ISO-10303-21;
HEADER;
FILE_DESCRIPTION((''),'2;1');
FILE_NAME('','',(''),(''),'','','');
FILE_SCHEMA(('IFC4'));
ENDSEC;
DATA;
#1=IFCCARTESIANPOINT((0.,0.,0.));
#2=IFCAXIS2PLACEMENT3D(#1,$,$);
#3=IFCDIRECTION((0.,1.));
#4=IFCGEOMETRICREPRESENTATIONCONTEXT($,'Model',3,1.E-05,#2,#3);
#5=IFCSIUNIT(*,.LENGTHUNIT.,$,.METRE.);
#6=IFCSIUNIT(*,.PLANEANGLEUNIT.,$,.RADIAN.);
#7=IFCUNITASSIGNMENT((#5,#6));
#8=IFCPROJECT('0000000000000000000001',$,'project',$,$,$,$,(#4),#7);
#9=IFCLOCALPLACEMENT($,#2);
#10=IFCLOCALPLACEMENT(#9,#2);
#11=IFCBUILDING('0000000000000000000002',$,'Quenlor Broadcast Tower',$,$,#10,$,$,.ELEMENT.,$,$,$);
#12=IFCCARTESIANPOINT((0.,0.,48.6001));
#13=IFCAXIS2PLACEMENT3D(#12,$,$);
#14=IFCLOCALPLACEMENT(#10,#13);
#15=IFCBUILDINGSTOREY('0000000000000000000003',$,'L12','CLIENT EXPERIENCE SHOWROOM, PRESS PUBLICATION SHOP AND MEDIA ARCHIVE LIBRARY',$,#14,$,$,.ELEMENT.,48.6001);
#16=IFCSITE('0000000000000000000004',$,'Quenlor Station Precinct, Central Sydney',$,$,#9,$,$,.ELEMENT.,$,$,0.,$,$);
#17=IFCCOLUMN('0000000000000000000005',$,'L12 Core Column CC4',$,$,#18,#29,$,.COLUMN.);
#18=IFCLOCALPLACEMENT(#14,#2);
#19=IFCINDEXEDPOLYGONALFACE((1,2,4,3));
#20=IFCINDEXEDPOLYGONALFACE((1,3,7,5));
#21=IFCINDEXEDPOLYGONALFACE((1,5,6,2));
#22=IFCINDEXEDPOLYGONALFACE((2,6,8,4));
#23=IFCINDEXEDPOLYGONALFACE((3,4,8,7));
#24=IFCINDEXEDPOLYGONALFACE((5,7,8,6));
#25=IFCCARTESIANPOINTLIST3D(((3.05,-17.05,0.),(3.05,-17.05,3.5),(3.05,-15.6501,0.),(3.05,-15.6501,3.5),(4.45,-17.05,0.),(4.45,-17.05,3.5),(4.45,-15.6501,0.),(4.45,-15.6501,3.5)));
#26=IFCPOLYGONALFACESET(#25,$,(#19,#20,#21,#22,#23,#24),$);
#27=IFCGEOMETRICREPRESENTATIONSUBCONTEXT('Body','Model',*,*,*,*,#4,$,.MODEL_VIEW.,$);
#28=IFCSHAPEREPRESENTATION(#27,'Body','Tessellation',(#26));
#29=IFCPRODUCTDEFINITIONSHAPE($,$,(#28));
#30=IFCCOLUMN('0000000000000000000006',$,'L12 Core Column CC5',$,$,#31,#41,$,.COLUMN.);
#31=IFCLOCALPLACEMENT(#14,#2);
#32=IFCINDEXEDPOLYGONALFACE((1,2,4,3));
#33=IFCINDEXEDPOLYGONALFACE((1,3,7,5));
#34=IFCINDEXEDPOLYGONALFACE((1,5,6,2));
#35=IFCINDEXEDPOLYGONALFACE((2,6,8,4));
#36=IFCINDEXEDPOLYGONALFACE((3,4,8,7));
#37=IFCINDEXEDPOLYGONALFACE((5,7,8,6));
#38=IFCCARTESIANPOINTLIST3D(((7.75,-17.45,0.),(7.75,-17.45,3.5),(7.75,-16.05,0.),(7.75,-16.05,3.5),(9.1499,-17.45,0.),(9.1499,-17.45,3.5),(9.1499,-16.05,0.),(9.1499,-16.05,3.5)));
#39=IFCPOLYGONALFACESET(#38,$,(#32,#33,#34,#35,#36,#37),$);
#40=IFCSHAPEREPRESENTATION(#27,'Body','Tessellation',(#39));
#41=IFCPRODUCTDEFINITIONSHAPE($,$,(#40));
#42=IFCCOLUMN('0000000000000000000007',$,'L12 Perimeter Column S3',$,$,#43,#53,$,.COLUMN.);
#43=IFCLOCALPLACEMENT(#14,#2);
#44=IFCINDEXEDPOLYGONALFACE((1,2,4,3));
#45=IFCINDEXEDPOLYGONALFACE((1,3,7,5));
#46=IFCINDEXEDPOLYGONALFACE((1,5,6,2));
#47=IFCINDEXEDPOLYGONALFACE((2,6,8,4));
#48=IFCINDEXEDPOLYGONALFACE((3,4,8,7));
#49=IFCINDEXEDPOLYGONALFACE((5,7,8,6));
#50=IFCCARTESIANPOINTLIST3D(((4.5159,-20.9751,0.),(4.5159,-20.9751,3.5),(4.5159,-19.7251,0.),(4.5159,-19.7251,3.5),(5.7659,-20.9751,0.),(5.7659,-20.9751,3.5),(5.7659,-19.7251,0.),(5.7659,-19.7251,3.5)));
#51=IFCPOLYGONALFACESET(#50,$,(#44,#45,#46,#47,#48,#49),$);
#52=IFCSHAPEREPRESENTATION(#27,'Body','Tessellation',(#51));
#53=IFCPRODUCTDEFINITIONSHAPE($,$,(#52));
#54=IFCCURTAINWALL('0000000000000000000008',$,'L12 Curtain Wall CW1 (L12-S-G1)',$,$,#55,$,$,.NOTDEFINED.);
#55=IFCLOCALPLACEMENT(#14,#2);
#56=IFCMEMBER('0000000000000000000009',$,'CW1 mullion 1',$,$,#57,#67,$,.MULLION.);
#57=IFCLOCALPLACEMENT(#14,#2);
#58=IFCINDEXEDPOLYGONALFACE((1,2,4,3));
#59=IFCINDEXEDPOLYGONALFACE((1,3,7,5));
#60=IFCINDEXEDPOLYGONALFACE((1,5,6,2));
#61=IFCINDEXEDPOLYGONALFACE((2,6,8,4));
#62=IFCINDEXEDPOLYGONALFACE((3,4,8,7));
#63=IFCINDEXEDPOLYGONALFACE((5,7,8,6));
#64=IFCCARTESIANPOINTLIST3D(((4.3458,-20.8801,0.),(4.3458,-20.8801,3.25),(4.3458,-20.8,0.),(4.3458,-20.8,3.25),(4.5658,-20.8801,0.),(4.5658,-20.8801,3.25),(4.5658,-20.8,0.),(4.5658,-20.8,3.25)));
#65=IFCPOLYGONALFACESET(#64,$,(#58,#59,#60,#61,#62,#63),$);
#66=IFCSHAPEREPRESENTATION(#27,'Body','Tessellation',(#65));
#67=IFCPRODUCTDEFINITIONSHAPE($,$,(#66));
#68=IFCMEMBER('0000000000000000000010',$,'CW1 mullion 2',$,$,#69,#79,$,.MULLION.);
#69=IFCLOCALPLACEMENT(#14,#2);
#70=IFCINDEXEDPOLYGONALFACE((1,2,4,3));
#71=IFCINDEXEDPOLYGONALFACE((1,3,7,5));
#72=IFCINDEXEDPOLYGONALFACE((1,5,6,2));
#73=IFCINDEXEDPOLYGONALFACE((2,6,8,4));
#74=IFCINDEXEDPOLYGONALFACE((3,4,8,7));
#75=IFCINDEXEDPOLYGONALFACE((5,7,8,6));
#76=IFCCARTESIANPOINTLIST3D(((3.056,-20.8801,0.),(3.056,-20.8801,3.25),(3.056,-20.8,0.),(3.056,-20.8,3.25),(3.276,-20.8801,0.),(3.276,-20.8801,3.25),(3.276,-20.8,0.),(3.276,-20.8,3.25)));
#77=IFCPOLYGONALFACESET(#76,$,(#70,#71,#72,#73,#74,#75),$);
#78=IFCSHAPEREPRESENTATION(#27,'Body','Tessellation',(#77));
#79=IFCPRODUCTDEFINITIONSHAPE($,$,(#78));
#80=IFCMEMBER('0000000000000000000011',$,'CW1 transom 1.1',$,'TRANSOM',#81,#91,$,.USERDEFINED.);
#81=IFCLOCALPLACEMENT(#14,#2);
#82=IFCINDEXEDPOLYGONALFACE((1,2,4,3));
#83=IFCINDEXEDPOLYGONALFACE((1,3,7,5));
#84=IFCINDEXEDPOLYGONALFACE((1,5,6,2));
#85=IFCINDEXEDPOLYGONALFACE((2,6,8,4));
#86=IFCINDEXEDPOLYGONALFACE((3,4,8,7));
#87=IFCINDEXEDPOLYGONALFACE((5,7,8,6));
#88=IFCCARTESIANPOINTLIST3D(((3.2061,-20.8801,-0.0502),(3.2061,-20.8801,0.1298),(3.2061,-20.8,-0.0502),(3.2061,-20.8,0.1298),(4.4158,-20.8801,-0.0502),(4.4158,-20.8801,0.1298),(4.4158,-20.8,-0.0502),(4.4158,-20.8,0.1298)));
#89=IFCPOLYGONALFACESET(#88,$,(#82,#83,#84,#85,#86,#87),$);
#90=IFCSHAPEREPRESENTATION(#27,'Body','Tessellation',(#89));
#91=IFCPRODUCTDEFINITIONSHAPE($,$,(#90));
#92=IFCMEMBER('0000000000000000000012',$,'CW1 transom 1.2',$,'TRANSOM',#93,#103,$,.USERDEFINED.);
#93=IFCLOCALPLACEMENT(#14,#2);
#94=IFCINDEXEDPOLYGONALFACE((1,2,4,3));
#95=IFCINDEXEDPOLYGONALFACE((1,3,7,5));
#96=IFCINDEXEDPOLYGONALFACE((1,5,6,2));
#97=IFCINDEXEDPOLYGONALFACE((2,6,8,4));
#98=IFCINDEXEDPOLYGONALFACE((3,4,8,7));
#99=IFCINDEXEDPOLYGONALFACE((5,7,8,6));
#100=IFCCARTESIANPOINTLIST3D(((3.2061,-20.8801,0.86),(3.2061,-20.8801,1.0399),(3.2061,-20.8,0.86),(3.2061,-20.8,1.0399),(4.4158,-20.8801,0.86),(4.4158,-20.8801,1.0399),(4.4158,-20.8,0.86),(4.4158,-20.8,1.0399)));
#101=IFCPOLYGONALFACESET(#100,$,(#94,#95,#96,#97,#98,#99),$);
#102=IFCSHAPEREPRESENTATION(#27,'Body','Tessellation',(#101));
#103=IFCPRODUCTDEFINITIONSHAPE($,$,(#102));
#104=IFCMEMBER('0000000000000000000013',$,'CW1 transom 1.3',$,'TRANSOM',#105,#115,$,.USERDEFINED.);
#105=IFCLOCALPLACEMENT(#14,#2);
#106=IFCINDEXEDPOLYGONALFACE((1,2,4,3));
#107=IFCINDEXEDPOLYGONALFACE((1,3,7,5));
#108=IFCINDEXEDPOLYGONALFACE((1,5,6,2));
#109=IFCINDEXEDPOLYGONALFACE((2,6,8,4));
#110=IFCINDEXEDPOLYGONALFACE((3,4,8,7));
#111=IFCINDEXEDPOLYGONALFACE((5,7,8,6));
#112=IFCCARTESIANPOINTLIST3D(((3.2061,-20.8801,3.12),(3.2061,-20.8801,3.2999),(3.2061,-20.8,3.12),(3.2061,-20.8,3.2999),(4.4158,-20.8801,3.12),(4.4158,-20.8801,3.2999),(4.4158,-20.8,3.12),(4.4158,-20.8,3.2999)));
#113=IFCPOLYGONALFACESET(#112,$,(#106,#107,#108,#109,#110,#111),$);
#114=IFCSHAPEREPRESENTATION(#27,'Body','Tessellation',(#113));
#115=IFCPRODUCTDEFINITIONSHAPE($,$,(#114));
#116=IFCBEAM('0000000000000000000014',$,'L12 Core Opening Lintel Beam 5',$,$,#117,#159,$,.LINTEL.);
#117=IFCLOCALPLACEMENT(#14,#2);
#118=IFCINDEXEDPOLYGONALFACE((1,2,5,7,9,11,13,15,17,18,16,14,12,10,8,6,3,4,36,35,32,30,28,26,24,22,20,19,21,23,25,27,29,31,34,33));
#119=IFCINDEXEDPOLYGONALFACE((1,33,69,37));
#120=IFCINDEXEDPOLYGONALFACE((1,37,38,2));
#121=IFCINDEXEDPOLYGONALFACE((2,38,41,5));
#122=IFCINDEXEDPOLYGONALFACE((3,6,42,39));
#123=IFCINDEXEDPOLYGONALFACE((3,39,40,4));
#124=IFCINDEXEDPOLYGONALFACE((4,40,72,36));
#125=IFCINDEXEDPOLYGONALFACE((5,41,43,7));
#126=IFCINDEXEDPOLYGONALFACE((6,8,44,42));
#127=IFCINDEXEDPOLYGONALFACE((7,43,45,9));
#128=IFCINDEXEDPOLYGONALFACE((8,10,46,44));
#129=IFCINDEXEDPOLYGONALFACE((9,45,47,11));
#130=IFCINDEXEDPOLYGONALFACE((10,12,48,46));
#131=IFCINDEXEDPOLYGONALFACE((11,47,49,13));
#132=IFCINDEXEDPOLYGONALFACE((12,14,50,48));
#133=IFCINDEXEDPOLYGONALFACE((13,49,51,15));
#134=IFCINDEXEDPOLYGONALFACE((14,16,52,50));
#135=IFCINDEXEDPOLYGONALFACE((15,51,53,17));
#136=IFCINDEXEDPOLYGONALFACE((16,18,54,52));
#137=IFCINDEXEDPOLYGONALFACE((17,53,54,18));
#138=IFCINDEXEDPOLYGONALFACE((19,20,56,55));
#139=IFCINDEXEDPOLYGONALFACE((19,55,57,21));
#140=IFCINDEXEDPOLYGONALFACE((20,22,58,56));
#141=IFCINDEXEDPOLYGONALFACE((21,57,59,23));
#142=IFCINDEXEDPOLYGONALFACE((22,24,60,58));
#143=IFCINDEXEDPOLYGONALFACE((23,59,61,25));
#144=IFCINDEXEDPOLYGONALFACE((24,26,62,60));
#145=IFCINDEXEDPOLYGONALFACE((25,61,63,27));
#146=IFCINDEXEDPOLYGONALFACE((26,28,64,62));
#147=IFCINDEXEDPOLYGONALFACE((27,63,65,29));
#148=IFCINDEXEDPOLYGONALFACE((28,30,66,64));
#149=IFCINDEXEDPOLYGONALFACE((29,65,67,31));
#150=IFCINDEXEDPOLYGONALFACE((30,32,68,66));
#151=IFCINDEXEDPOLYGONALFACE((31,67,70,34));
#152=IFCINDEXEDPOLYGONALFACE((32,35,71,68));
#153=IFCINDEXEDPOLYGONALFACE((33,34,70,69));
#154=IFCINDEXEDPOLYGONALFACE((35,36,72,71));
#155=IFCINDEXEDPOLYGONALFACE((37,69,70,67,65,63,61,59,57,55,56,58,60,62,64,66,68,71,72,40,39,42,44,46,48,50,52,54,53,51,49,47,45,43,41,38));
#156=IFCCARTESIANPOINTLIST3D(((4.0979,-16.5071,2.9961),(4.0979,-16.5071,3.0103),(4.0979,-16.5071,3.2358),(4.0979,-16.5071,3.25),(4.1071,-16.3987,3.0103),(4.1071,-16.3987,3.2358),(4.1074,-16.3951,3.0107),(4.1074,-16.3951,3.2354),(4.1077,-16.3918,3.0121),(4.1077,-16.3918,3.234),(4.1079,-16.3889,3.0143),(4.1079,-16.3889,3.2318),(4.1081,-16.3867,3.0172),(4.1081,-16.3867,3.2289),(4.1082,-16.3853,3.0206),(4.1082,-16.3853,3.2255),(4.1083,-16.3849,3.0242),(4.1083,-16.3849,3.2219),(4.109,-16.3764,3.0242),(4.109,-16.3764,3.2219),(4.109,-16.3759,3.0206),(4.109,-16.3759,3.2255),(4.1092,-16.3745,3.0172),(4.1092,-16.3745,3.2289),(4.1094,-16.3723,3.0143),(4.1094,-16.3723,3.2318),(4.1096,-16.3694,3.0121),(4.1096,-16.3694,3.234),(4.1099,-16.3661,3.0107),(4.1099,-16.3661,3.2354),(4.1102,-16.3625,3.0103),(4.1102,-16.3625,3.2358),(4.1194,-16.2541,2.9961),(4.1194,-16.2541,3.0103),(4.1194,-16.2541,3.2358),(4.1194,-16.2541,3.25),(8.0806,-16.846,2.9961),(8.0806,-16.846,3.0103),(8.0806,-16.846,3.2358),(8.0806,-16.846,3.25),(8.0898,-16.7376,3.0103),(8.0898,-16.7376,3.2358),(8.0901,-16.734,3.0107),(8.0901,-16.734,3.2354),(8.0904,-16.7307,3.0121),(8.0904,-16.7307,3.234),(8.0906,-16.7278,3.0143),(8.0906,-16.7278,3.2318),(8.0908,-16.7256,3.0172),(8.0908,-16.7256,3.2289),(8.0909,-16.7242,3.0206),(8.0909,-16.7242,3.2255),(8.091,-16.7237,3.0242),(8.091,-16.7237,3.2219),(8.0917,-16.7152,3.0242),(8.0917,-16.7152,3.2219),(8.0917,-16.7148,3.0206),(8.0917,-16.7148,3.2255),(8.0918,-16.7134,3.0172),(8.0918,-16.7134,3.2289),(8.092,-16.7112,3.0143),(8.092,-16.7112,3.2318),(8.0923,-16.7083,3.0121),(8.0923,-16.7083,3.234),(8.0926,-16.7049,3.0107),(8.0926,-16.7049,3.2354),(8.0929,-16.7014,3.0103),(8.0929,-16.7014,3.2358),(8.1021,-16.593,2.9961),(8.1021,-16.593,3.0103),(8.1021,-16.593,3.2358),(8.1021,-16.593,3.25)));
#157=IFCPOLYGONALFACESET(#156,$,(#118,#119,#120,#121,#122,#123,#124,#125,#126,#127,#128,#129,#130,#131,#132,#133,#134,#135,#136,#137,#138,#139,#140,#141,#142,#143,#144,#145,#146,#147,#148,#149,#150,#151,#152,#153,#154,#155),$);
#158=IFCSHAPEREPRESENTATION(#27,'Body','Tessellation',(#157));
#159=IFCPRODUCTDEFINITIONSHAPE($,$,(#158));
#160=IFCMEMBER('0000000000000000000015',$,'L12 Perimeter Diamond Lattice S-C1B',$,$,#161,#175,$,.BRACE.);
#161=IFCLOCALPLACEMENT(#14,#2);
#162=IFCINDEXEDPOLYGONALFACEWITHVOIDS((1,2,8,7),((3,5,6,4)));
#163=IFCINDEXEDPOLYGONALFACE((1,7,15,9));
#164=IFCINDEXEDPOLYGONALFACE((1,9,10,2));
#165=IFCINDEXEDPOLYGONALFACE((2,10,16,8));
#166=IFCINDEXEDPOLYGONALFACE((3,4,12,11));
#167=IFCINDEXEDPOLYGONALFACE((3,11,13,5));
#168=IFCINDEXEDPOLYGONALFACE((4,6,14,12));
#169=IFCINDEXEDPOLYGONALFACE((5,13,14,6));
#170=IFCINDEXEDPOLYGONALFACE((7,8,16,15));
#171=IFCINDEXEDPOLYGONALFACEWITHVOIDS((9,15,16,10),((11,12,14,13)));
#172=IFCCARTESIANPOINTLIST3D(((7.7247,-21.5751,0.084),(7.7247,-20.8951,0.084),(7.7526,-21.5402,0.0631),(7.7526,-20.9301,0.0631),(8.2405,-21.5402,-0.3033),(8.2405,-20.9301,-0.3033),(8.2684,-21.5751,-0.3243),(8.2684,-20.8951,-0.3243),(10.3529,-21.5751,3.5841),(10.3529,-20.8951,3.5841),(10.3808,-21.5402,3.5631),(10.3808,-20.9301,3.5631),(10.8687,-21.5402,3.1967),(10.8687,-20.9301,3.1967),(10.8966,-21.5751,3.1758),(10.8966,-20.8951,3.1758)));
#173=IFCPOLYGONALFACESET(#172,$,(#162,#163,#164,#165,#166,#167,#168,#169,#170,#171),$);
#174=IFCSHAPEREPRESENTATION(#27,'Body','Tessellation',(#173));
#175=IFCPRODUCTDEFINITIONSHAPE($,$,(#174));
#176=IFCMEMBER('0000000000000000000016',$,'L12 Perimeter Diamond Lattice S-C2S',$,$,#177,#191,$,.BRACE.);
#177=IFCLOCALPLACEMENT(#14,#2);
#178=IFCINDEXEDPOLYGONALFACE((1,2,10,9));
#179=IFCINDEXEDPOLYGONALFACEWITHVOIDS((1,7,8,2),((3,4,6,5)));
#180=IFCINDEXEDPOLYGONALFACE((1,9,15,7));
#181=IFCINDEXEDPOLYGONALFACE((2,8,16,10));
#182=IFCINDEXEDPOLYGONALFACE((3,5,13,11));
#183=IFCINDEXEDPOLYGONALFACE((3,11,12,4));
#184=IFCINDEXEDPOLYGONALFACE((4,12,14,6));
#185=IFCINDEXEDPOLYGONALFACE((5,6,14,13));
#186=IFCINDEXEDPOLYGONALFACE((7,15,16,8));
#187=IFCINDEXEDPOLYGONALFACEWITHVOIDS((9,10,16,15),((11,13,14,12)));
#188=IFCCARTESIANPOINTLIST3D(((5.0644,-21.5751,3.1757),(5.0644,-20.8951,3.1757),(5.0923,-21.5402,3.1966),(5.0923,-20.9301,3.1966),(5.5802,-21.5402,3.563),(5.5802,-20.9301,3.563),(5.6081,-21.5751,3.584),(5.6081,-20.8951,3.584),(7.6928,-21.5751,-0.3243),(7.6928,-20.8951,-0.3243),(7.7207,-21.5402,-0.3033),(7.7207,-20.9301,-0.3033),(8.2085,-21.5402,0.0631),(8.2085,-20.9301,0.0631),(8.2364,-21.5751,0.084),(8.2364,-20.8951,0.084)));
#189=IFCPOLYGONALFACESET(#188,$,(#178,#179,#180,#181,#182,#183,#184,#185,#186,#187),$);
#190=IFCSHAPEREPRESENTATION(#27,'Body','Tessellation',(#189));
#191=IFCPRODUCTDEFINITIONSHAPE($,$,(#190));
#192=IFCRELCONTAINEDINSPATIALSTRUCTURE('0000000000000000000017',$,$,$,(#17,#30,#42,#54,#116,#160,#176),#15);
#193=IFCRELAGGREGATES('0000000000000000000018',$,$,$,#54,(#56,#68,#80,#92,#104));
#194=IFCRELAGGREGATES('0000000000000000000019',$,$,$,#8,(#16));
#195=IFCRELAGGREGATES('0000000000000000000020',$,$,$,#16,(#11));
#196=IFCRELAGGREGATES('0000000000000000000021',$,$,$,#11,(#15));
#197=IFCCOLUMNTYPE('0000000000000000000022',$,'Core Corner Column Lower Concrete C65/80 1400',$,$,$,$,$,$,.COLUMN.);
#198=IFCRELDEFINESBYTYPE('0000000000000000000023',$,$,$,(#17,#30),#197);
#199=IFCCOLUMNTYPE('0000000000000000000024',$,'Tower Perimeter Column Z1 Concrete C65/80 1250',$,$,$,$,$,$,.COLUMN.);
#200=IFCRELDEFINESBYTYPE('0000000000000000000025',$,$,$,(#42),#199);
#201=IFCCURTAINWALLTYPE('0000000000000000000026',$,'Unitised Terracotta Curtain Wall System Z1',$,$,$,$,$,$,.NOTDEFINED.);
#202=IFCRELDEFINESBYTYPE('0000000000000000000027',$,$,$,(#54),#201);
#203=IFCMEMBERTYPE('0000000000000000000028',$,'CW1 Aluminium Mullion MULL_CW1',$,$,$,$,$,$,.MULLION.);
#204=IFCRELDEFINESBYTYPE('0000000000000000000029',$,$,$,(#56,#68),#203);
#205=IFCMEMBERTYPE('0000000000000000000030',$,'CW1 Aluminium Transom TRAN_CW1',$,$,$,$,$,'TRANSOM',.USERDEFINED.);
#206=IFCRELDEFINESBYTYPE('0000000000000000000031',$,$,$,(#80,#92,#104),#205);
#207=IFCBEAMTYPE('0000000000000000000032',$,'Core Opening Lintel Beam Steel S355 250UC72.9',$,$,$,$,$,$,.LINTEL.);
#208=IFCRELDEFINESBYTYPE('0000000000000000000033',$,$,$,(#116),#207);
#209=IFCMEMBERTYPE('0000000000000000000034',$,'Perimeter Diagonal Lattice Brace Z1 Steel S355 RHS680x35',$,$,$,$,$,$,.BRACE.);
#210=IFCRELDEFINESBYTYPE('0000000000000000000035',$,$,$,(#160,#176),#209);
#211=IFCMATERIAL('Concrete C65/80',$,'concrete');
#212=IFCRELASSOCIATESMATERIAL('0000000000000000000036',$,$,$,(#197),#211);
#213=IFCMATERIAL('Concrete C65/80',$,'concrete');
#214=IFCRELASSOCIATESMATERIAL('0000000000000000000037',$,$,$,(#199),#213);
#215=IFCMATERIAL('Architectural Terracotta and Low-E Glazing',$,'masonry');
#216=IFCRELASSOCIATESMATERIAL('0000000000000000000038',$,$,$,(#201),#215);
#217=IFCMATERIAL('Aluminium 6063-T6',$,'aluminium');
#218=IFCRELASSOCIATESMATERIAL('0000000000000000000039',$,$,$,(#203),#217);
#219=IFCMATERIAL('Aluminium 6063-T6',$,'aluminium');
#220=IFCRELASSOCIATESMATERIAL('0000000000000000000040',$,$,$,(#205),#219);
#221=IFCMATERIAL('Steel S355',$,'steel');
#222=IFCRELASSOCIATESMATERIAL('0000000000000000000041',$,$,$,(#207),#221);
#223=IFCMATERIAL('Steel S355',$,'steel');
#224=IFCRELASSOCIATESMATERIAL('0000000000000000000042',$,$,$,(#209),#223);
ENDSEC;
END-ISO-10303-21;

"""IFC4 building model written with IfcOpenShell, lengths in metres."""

from ifc_helpers import new_model, si_unit, direction, frame, origin, origin_2d, place, context, subcontext, project, spatial, rectangle, hollow_rectangle, i_section, extrude, material, material_profile, profile_set, type_object, element, aggregate, save


model = new_model("IFC4")

# Units and contexts
model_context = context("Model", 3, precision=1e-05, world=origin(), true_north=direction((0.0, 1.0)))
body_context = subcontext(model_context, "Body", "Model", "MODEL_VIEW")
ifc_project = project(units=[si_unit("LENGTHUNIT", "METRE"), si_unit("PLANEANGLEUNIT", "RADIAN")], contexts=[model_context])

# Site, building, storey
site_placement = place(None, origin())
site = spatial("IfcSite", under=ifc_project, at=site_placement, Name="Quenlor Station Precinct, Central Sydney", CompositionType="ELEMENT", RefElevation=0.0)
building_placement = place(site_placement, origin())
building = spatial("IfcBuilding", under=site, at=building_placement, Name="Quenlor Broadcast Tower", CompositionType="ELEMENT")
storey_placement = place(building_placement, frame((0.0, 0.0, 48.6001)))
storey = spatial("IfcBuildingStorey", under=building, at=storey_placement, Name="L12", Description="CLIENT EXPERIENCE SHOWROOM, PRESS PUBLICATION SHOP AND MEDIA ARCHIVE LIBRARY", CompositionType="ELEMENT", Elevation=48.6001)

# Columns
ifc_material_1 = material(Name="Concrete C65/80", Category="concrete")
ifc_material_profile_1 = material_profile(ifc_material_1, rectangle(XDim=1.3999, YDim=1.3999, at=origin_2d()))
ifc_profile_set_1 = profile_set([ifc_material_profile_1], Name="Concrete C65/80 RC1400x1400")
column_type_1 = type_object("IfcColumnType", Name="Core Corner Column Lower Concrete C65/80 1400", PredefinedType="COLUMN", material=ifc_profile_set_1)
for number, where, z_axis, x_axis, name in (
    (1, (3.75, -16.3501, 0.0), (0.0, 0.0, 1.0), (1.0, 0.0, 0.0), "L12 Core Column CC4"),
    (2, (8.45, -16.75, 0.0), (0.0, 0.0, 1.0), (1.0, 0.0, 0.0), "L12 Core Column CC5"),
):
    element("IfcColumn", number, at=place(storey_placement, frame(where, z_axis=z_axis, x_axis=x_axis)), inside=storey, type_object=column_type_1, Name=name, PredefinedType="COLUMN", context=body_context, shape_type="SweptSolid", body=[
        extrude(rectangle(XDim=1.3999, YDim=1.3999, at=origin_2d()), origin(), (0.0, 0.0, 1.0), 3.5),
    ])
ifc_material_2 = material(Name="Concrete C65/80", Category="concrete")
ifc_material_profile_2 = material_profile(ifc_material_2, rectangle(XDim=1.25, YDim=1.25, at=origin_2d()))
ifc_profile_set_2 = profile_set([ifc_material_profile_2], Name="Concrete C65/80 RC1250x1250")
column_type_2 = type_object("IfcColumnType", Name="Tower Perimeter Column Z1 Concrete C65/80 1250", PredefinedType="COLUMN", material=ifc_profile_set_2)
column_placement = place(storey_placement, frame((5.1409, -20.3501, 0.0), z_axis=(0.0, 0.0, 1.0), x_axis=(0.0, 1.0, 0.0)))
element("IfcColumn", 3, at=column_placement, inside=storey, type_object=column_type_2, Name="L12 Perimeter Column S3", PredefinedType="COLUMN", context=body_context, shape_type="SweptSolid", body=[
    extrude(rectangle(XDim=1.25, YDim=1.25, at=origin_2d()), origin(), (0.0, 0.0, 1.0), 3.5),
])

# Curtain wall, members
ifc_material_3 = material(Name="Architectural Terracotta and Low-E Glazing", Category="masonry")
curtain_wall_type = type_object("IfcCurtainWallType", Name="Unitised Terracotta Curtain Wall System Z1", PredefinedType="NOTDEFINED", material=ifc_material_3)
curtain_wall_placement = place(storey_placement, origin())
curtain_wall = element("IfcCurtainWall", 4, at=curtain_wall_placement, inside=storey, type_object=curtain_wall_type, Name="L12 Curtain Wall CW1 (L12-S-G1)", PredefinedType="NOTDEFINED")
ifc_material_4 = material(Name="Aluminium 6063-T6", Category="aluminium")
ifc_material_profile_3 = material_profile(ifc_material_4, rectangle(XDim=0.0801, YDim=0.22, at=origin_2d()))
ifc_profile_set_3 = profile_set([ifc_material_profile_3], Name="Aluminium 6063-T6 MULL80x220")
member_type_1 = type_object("IfcMemberType", Name="CW1 Aluminium Mullion MULL_CW1", PredefinedType="MULLION", material=ifc_profile_set_3)
member_1_placement = place(storey_placement, frame((4.4558, -20.8401, 0.0), z_axis=(0.0, 0.0, 1.0), x_axis=(0.0, -1.0, 0.0)))
member_1 = element("IfcMember", 5, at=member_1_placement, type_object=member_type_1, Name="CW1 mullion 1", PredefinedType="MULLION", context=body_context, shape_type="SweptSolid", body=[
    extrude(rectangle(XDim=0.0801, YDim=0.22, at=origin_2d()), origin(), (0.0, 0.0, 1.0), 3.25),
])
member_2_placement = place(storey_placement, frame((3.166, -20.8401, 0.0), z_axis=(0.0, 0.0, 1.0), x_axis=(0.0, -1.0, 0.0)))
member_2 = element("IfcMember", 6, at=member_2_placement, type_object=member_type_1, Name="CW1 mullion 2", PredefinedType="MULLION", context=body_context, shape_type="SweptSolid", body=[
    extrude(rectangle(XDim=0.0801, YDim=0.22, at=origin_2d()), origin(), (0.0, 0.0, 1.0), 3.25),
])
ifc_material_5 = material(Name="Aluminium 6063-T6", Category="aluminium")
ifc_material_profile_4 = material_profile(ifc_material_5, rectangle(XDim=0.0801, YDim=0.1799, at=origin_2d()))
ifc_profile_set_4 = profile_set([ifc_material_profile_4], Name="Aluminium 6063-T6 TRAN80x180")
member_type_2 = type_object("IfcMemberType", Name="CW1 Aluminium Transom TRAN_CW1", ElementType="TRANSOM", PredefinedType="USERDEFINED", material=ifc_profile_set_4)
member_3_placement = place(storey_placement, frame((4.4158, -20.8401, 0.0398), z_axis=(-1.0, 0.0, 0.0), x_axis=(0.0, -1.0, 0.0)))
member_3 = element("IfcMember", 7, at=member_3_placement, type_object=member_type_2, Name="CW1 transom 1.1", ObjectType="TRANSOM", PredefinedType="USERDEFINED", context=body_context, shape_type="SweptSolid", body=[
    extrude(rectangle(XDim=0.0801, YDim=0.1799, at=origin_2d()), origin(), (0.0, 0.0, 1.0), 1.2097),
])
member_4_placement = place(storey_placement, frame((4.4158, -20.8401, 0.95), z_axis=(-1.0, 0.0, 0.0), x_axis=(0.0, -1.0, 0.0)))
member_4 = element("IfcMember", 8, at=member_4_placement, type_object=member_type_2, Name="CW1 transom 1.2", ObjectType="TRANSOM", PredefinedType="USERDEFINED", context=body_context, shape_type="SweptSolid", body=[
    extrude(rectangle(XDim=0.0801, YDim=0.1799, at=origin_2d()), origin(), (0.0, 0.0, 1.0), 1.2097),
])
member_5_placement = place(storey_placement, frame((4.4158, -20.8401, 3.21), z_axis=(-1.0, 0.0, 0.0), x_axis=(0.0, -1.0, 0.0)))
member_5 = element("IfcMember", 9, at=member_5_placement, type_object=member_type_2, Name="CW1 transom 1.3", ObjectType="TRANSOM", PredefinedType="USERDEFINED", context=body_context, shape_type="SweptSolid", body=[
    extrude(rectangle(XDim=0.0801, YDim=0.1799, at=origin_2d()), origin(), (0.0, 0.0, 1.0), 1.2097),
])

# Beam
ifc_material_6 = material(Name="Steel S355", Category="steel")
ifc_material_profile_5 = material_profile(ifc_material_6, i_section(OverallWidth=0.2539, OverallDepth=0.2539, WebThickness=0.0085, FlangeThickness=0.0142, FilletRadius=0.0139, at=origin_2d()))
ifc_profile_set_5 = profile_set([ifc_material_profile_5], Name="Steel S355 250UC72.9")
beam_type_1 = type_object("IfcBeamType", Name="Core Opening Lintel Beam Steel S355 250UC72.9", PredefinedType="LINTEL", material=ifc_profile_set_5)
beam_1_placement = place(storey_placement, frame((4.1086, -16.3806, 3.123), z_axis=(0.9964, -0.084779, 0.0), x_axis=(0.084779, 0.9964, 0.0)))
element("IfcBeam", 10, at=beam_1_placement, inside=storey, type_object=beam_type_1, Name="L12 Core Opening Lintel Beam 5", PredefinedType="LINTEL", context=body_context, shape_type="SweptSolid", body=[
    extrude(i_section(OverallWidth=0.2539, OverallDepth=0.2539, WebThickness=0.0085, FlangeThickness=0.0142, FilletRadius=0.0139, at=origin_2d()), origin(), (0.0, 0.0, 1.0), 3.9971),
])

# Members
ifc_material_7 = material(Name="Steel S355", Category="steel")
ifc_material_profile_6 = material_profile(ifc_material_7, hollow_rectangle(XDim=0.6799, YDim=0.6799, WallThickness=0.0349, at=origin_2d()))
ifc_profile_set_6 = profile_set([ifc_material_profile_6], Name="Steel S355 RHS680x680x35")
member_type_3 = type_object("IfcMemberType", Name="Perimeter Diagonal Lattice Brace Z1 Steel S355 RHS680x35", PredefinedType="BRACE", material=ifc_profile_set_6)
for number, where, z_axis, x_axis, name in (
    (11, (7.9966, -21.2351, -0.1201), (0.600464, 0.0, 0.799652), (0.0, 1.0, 0.0), "L12 Perimeter Diamond Lattice S-C1B"),
    (12, (7.9646, -21.2351, -0.1201), (-0.6005, 0.0, 0.799625), (0.0, -1.0, 0.0), "L12 Perimeter Diamond Lattice S-C2S"),
):
    element("IfcMember", number, at=place(storey_placement, frame(where, z_axis=z_axis, x_axis=x_axis)), inside=storey, type_object=member_type_3, Name=name, PredefinedType="BRACE", context=body_context, shape_type="SweptSolid", body=[
        extrude(hollow_rectangle(XDim=0.6799, YDim=0.6799, WallThickness=0.0349, at=origin_2d()), origin(), (0.0, 0.0, 1.0), 4.377),
    ])

aggregate(curtain_wall, [member_1, member_2, member_3, member_4, member_5])

save(model, "model.ifc")
